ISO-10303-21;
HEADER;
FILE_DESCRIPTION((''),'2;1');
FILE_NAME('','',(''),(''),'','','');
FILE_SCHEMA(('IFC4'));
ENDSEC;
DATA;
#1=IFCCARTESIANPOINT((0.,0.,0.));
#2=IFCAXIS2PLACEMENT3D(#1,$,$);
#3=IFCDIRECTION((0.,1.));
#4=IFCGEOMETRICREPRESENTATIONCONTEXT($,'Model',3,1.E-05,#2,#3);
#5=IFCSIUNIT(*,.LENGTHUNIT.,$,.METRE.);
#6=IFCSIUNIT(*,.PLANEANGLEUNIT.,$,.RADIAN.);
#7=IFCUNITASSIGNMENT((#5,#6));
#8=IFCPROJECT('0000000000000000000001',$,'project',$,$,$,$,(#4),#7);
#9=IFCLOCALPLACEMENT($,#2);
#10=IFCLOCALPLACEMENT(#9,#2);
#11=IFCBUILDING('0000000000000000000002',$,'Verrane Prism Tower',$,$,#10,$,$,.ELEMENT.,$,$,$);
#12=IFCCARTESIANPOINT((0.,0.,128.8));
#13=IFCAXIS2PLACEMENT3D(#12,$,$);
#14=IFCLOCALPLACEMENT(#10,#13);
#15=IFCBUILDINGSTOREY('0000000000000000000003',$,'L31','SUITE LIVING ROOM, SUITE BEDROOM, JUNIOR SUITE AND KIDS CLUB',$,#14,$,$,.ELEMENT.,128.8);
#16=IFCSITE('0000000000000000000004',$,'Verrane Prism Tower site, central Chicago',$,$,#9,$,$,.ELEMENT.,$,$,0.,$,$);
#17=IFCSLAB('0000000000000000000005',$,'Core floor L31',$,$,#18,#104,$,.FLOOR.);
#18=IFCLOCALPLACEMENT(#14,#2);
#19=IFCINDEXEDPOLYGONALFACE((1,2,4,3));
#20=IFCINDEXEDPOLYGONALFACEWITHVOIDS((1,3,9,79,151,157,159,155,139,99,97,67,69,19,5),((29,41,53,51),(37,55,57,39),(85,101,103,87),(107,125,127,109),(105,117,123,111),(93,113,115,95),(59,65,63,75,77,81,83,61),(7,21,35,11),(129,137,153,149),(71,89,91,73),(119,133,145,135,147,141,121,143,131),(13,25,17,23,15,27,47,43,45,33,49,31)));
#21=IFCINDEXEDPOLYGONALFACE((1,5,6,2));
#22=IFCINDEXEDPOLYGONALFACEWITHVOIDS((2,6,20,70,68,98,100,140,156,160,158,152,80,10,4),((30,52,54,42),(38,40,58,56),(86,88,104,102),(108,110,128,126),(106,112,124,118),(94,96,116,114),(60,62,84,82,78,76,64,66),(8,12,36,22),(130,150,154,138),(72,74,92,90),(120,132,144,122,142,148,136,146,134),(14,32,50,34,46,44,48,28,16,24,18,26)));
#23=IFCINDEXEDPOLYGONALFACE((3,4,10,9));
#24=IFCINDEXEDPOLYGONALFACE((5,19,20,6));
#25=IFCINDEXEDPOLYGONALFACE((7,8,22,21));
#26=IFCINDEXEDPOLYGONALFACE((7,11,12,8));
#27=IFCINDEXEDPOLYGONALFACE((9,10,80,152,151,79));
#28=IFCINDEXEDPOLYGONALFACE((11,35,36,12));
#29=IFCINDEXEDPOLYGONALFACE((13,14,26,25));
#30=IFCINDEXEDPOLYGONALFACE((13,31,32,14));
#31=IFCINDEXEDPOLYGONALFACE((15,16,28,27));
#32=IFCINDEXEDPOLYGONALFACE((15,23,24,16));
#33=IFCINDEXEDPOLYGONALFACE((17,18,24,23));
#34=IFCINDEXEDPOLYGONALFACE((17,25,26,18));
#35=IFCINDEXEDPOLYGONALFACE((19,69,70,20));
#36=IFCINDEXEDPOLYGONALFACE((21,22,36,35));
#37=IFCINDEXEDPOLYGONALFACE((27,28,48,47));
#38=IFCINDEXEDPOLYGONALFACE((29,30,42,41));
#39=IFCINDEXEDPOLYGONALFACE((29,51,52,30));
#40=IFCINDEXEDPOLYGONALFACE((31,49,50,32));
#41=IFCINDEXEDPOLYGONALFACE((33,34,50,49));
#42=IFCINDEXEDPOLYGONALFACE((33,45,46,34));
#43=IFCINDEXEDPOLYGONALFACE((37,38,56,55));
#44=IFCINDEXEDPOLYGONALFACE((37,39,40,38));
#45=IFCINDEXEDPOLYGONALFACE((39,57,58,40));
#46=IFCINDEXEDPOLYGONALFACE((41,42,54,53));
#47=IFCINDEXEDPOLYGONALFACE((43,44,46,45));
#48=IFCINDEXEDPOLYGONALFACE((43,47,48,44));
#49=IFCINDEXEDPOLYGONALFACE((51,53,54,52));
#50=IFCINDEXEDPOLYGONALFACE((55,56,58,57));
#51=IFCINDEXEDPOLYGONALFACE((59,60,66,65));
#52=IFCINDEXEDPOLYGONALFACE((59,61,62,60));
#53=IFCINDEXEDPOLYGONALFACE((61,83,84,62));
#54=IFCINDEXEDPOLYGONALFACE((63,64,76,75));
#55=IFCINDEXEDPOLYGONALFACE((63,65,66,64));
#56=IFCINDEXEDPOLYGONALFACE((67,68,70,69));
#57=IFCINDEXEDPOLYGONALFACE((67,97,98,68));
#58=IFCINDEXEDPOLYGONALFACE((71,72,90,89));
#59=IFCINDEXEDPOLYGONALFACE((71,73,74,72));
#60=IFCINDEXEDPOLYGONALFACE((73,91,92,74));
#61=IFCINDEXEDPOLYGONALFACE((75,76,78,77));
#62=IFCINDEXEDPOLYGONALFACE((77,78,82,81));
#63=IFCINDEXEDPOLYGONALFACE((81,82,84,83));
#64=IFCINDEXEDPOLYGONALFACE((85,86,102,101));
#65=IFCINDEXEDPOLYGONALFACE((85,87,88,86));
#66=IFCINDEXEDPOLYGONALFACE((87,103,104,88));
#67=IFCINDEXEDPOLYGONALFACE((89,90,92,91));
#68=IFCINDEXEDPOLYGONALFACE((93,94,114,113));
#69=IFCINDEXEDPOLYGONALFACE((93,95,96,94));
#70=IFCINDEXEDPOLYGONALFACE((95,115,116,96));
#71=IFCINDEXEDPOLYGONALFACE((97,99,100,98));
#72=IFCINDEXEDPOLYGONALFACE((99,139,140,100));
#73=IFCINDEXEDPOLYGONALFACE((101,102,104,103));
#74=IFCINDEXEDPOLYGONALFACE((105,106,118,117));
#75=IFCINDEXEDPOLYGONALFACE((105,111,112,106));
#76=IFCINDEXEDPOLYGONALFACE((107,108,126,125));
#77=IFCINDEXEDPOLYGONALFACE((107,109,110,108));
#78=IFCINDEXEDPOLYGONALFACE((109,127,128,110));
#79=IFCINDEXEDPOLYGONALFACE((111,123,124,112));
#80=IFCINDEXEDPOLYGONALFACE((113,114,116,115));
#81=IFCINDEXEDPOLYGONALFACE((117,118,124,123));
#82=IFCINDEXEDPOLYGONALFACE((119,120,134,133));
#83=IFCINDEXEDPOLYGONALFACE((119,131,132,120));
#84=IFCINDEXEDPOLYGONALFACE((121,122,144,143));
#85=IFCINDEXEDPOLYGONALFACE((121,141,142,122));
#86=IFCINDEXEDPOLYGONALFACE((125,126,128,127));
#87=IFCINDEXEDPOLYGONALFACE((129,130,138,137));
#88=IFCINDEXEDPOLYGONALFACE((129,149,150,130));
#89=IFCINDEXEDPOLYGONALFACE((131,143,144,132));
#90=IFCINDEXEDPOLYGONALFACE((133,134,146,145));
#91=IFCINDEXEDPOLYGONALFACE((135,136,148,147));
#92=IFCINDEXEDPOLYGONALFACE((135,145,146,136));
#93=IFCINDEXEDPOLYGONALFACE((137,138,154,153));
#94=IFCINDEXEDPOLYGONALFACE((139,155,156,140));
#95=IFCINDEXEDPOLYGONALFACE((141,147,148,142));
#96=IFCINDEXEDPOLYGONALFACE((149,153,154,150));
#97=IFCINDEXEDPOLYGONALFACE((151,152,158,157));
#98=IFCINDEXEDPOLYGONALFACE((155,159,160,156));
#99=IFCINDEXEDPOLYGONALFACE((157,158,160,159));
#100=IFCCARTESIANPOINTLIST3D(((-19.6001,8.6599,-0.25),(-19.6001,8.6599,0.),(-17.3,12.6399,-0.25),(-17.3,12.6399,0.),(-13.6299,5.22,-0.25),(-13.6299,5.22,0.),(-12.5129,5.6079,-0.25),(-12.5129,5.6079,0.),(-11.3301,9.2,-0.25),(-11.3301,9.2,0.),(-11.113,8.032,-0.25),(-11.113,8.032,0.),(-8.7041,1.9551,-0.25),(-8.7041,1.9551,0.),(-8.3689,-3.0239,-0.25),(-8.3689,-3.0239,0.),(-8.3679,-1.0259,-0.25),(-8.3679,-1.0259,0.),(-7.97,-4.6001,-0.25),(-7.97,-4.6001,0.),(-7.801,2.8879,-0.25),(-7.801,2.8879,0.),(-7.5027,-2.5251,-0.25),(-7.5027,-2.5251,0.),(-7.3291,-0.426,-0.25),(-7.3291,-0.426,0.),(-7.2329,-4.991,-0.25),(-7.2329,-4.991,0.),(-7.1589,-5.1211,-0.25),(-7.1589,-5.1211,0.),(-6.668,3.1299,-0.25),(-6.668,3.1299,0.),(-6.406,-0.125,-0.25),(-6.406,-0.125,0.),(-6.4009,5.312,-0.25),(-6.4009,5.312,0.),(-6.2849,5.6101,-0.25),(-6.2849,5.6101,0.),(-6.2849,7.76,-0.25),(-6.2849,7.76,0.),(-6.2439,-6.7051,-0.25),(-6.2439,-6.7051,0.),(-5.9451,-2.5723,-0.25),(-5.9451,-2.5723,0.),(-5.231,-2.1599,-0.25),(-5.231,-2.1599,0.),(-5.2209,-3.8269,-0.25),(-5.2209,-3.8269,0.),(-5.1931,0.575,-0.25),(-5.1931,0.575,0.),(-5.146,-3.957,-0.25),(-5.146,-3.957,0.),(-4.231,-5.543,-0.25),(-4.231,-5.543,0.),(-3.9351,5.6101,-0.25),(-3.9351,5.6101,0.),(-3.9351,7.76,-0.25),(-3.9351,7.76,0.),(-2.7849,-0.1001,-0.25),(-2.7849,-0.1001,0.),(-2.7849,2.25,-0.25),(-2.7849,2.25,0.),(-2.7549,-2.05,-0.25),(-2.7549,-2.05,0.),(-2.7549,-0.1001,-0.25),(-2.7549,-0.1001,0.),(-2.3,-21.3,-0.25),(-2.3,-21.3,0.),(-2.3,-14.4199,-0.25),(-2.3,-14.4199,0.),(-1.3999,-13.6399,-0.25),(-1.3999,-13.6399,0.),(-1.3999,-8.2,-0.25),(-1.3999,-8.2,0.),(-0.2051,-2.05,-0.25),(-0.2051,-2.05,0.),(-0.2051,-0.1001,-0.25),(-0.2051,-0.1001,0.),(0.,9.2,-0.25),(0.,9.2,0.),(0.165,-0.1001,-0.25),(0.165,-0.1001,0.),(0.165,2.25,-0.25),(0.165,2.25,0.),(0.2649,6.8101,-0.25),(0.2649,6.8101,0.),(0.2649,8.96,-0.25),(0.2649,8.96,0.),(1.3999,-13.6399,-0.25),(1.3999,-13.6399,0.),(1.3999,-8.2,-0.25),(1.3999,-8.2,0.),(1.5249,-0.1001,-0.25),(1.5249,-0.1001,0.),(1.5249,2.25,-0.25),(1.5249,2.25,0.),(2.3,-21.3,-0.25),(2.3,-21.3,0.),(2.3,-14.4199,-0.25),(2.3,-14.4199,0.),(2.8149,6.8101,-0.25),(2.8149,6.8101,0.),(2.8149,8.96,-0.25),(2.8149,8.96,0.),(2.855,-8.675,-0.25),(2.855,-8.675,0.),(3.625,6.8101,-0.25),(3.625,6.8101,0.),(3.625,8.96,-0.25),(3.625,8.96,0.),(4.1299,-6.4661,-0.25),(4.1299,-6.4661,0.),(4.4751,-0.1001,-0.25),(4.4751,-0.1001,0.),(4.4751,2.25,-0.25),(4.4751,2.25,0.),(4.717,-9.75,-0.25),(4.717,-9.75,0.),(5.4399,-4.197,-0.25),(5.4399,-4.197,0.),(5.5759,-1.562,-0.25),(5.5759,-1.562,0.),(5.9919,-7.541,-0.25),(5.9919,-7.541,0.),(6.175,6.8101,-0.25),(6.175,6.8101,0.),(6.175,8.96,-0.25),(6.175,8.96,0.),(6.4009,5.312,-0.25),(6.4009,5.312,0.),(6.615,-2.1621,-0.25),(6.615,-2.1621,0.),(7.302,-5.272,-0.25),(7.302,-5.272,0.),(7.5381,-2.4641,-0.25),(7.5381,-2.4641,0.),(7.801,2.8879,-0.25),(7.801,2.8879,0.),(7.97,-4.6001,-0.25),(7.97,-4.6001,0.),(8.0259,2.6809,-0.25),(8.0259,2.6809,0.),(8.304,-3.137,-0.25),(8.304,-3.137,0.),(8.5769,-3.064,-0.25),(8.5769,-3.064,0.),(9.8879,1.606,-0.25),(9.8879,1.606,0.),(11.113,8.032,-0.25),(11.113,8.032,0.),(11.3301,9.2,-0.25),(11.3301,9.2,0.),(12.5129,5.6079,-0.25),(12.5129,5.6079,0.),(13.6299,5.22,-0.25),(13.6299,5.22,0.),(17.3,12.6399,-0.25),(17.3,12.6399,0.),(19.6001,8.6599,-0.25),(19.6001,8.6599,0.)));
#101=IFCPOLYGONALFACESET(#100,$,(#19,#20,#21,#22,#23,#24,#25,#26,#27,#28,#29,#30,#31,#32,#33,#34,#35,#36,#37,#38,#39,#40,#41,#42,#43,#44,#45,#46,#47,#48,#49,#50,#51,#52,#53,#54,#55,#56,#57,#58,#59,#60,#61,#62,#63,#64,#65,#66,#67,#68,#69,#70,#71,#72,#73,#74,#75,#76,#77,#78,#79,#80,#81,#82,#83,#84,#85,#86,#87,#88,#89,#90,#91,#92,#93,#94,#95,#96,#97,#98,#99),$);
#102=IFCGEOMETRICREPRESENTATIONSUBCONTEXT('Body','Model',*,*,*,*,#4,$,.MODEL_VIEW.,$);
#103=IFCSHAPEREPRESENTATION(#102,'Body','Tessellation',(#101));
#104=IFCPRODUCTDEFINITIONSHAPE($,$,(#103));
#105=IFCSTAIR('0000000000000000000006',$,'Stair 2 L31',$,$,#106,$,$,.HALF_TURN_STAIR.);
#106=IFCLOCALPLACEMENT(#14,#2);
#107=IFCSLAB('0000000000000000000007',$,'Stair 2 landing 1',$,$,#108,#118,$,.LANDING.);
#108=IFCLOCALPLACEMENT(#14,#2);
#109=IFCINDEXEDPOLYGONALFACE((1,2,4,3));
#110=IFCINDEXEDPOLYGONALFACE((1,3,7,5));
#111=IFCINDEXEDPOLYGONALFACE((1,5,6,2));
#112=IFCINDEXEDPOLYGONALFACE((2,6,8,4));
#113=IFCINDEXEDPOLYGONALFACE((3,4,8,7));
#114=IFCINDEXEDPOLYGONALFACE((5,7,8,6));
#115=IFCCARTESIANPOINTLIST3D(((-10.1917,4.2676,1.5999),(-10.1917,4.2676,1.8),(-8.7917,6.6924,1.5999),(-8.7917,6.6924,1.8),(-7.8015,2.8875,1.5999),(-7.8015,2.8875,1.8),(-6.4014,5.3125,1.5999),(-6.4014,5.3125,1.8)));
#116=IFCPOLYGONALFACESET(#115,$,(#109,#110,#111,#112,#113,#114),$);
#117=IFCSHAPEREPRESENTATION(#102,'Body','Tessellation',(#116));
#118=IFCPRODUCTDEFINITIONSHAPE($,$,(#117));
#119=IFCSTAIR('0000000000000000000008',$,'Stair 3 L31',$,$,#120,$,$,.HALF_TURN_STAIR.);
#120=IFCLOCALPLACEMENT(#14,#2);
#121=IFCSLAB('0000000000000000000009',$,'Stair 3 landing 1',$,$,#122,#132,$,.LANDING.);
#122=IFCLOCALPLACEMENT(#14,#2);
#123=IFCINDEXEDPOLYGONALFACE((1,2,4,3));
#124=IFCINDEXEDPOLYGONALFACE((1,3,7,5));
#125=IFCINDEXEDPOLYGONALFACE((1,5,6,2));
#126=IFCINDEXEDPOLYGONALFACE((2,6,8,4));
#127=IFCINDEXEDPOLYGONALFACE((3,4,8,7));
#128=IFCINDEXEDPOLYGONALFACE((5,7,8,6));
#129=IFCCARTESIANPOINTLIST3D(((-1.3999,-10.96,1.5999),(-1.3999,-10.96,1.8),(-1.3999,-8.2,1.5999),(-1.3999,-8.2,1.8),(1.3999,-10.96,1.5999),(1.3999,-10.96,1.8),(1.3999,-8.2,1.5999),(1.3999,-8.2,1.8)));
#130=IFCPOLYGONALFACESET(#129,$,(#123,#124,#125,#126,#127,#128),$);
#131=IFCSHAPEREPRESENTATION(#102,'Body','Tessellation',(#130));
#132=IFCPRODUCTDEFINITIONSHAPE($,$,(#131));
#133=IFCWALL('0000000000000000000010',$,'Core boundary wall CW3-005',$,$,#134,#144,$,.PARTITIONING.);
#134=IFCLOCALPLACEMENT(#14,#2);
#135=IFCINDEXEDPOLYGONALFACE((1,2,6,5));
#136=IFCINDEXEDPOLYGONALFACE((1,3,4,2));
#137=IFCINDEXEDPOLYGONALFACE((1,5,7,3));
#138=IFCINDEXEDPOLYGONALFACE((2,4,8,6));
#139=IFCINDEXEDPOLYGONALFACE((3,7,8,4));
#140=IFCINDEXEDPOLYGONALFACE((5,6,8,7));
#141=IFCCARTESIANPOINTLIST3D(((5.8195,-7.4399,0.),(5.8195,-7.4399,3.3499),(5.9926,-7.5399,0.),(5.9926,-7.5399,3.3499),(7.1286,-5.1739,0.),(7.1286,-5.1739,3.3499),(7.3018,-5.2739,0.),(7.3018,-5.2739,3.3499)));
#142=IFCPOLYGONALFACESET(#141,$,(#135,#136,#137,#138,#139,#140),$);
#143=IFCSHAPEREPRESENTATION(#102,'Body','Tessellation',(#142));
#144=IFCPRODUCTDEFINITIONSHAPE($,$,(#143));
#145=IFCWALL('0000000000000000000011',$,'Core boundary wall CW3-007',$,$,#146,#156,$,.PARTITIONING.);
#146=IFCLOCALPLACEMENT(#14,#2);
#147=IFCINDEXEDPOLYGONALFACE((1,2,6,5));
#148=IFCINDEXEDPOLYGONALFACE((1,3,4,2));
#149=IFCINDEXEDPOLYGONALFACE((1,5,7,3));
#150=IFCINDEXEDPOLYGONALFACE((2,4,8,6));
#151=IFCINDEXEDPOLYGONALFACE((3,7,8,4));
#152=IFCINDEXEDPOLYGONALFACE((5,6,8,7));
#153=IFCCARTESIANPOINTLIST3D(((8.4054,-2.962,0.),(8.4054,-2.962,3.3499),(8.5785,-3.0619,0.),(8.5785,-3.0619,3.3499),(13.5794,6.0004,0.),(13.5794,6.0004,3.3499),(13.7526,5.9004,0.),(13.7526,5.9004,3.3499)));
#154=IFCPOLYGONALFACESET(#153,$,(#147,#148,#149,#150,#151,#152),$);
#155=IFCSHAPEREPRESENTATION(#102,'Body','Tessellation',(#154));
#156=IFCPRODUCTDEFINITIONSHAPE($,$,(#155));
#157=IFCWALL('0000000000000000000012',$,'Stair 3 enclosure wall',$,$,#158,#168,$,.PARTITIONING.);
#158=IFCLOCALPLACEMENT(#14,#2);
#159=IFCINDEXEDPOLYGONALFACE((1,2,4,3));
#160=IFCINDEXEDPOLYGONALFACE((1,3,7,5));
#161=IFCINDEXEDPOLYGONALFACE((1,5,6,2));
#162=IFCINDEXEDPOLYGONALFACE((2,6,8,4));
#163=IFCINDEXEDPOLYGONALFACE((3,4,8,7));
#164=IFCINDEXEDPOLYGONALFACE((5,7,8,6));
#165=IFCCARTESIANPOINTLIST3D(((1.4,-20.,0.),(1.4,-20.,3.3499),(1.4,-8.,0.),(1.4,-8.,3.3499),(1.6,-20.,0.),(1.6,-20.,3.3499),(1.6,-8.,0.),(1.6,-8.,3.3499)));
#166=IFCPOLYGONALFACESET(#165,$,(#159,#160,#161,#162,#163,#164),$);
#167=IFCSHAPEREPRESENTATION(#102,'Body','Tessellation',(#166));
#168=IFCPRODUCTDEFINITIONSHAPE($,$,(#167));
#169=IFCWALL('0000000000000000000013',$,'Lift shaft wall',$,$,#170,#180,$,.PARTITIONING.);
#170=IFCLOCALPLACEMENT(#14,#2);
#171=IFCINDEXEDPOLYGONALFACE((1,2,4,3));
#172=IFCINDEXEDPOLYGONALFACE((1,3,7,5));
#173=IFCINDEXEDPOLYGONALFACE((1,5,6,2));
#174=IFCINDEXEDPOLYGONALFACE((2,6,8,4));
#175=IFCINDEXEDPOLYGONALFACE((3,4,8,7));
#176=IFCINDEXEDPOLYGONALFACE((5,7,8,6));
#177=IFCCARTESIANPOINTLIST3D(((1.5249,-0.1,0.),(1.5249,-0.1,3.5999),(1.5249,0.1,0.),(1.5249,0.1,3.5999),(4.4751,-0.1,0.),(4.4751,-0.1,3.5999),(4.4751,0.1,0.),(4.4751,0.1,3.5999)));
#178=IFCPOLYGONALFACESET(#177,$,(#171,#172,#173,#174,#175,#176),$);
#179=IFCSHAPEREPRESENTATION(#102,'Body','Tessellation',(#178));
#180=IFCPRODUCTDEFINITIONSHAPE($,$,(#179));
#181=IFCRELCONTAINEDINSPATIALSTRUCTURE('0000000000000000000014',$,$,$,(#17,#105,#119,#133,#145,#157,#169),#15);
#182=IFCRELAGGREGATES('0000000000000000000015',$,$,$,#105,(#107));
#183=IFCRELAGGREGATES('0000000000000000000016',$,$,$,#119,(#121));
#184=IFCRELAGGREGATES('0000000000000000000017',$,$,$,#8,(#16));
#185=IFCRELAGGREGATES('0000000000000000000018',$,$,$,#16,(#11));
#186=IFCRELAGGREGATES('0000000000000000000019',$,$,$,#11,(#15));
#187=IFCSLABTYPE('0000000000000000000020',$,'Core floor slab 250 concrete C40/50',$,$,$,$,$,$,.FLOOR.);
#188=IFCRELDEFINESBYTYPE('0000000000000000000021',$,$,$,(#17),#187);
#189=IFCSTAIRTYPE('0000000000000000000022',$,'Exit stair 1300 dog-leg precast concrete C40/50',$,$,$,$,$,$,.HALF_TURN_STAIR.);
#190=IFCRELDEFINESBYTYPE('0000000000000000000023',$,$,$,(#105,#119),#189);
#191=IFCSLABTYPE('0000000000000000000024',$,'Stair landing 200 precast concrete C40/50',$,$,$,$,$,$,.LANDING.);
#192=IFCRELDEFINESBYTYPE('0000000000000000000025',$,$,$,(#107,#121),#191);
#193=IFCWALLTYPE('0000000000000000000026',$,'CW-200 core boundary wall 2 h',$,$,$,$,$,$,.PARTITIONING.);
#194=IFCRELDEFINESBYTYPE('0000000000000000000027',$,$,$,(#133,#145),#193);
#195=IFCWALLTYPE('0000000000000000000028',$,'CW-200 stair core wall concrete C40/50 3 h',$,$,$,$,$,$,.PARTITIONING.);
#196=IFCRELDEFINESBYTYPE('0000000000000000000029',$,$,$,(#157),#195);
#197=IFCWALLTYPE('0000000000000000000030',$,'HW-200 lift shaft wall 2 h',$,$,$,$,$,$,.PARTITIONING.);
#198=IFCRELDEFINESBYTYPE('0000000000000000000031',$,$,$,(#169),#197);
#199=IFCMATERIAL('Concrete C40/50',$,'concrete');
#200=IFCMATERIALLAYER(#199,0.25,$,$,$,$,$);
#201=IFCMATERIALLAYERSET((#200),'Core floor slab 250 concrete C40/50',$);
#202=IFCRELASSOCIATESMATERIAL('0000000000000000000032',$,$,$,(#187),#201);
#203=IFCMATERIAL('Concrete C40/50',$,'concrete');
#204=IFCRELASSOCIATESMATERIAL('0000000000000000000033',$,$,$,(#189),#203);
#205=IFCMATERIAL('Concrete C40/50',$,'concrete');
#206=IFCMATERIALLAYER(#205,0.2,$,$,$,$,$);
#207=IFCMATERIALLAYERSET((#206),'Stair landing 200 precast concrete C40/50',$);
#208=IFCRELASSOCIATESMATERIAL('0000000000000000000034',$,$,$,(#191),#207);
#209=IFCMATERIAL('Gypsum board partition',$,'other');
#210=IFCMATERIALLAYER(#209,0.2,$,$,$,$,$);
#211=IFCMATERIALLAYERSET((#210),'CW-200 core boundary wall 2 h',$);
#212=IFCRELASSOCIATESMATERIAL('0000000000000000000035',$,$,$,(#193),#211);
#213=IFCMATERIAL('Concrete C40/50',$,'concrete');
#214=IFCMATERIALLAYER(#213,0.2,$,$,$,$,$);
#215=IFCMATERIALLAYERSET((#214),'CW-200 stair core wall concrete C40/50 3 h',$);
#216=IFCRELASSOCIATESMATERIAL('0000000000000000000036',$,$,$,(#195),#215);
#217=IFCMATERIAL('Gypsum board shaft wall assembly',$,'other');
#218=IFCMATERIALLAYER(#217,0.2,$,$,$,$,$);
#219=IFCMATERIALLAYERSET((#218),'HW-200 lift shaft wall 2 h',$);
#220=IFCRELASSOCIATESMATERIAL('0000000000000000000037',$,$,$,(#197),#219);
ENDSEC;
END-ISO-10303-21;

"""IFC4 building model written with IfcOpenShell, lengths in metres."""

from ifc_helpers import new_model, si_unit, direction, frame, frame_2d, origin, place, context, subcontext, project, spatial, polyline, rectangle, outline, extrude, material, layer, layer_set, type_object, element, aggregate, save


model = new_model("IFC4")

# Units and contexts
model_context = context("Model", 3, precision=1e-05, world=origin(), true_north=direction((0.0, 1.0)))
body_context = subcontext(model_context, "Body", "Model", "MODEL_VIEW")
ifc_project = project(units=[si_unit("LENGTHUNIT", "METRE"), si_unit("PLANEANGLEUNIT", "RADIAN")], contexts=[model_context])

# Site, building, storey
site_placement = place(None, origin())
site = spatial("IfcSite", under=ifc_project, at=site_placement, Name="Verrane Prism Tower site, central Chicago", CompositionType="ELEMENT", RefElevation=0.0)
building_placement = place(site_placement, origin())
building = spatial("IfcBuilding", under=site, at=building_placement, Name="Verrane Prism Tower", CompositionType="ELEMENT")
storey_placement = place(building_placement, frame((0.0, 0.0, 128.8)))
storey = spatial("IfcBuildingStorey", under=building, at=storey_placement, Name="L31", Description="SUITE LIVING ROOM, SUITE BEDROOM, JUNIOR SUITE AND KIDS CLUB", CompositionType="ELEMENT", Elevation=128.8)

# Slab
ifc_material_1 = material(Name="Concrete C40/50", Category="concrete")
ifc_layer_1 = layer(ifc_material_1, 0.25)
ifc_layer_set_1 = layer_set([ifc_layer_1], Name="Core floor slab 250 concrete C40/50")
slab_type_1 = type_object("IfcSlabType", Name="Core floor slab 250 concrete C40/50", PredefinedType="FLOOR", material=ifc_layer_set_1)
slab_1_placement = place(storey_placement, frame((0.0, 0.0, -0.25)))
element("IfcSlab", 1, at=slab_1_placement, inside=storey, type_object=slab_type_1, Name="Core floor L31", PredefinedType="FLOOR", context=body_context, shape_type="SweptSolid", body=[
    extrude(outline(polyline([(13.6299, 5.22), (19.6001, 8.6599), (17.3, 12.6399), (11.3301, 9.2), (0.0, 9.2), (-11.3301, 9.2), (-17.3, 12.6399), (-19.6001, 8.6599), (-13.6299, 5.22), (-7.97, -4.6001), (-2.3, -14.4199), (-2.3, -21.3), (2.3, -21.3), (2.3, -14.4199), (7.97, -4.6001), (13.6299, 5.22)]), holes=[polyline([(1.3999, -8.2), (1.3999, -13.6399), (-1.3999, -13.6399), (-1.3999, -8.2), (1.3999, -8.2)]), polyline([(-4.231, -5.543), (-6.2439, -6.7051), (-7.1589, -5.1211), (-5.146, -3.957), (-4.231, -5.543)]), polyline([(0.165, 2.25), (0.165, -0.1001), (-0.2051, -0.1001), (-0.2051, -2.05), (-2.7549, -2.05), (-2.7549, -0.1001), (-2.7849, -0.1001), (-2.7849, 2.25), (0.165, 2.25)]), polyline([(-12.5129, 5.6079), (-11.113, 8.032), (-6.4009, 5.312), (-7.801, 2.8879), (-12.5129, 5.6079)]), polyline([(-6.2849, 5.6101), (-6.2849, 7.76), (-3.9351, 7.76), (-3.9351, 5.6101), (-6.2849, 5.6101)]), polyline([(4.717, -9.75), (2.855, -8.675), (4.1299, -6.4661), (5.9919, -7.541), (4.717, -9.75)]), polyline([(8.304, -3.137), (5.5759, -1.562), (8.0259, 2.6809), (9.8879, 1.606), (7.5381, -2.4641), (8.5769, -3.064), (7.302, -5.272), (5.4399, -4.197), (6.615, -2.1621), (8.304, -3.137)]), polyline([(1.5249, -0.1001), (1.5249, 2.25), (4.4751, 2.25), (4.4751, -0.1001), (1.5249, -0.1001)]), polyline([(6.4009, 5.312), (11.113, 8.032), (12.5129, 5.6079), (7.801, 2.8879), (6.4009, 5.312)]), polyline([(0.2649, 6.8101), (0.2649, 8.96), (2.8149, 8.96), (2.8149, 6.8101), (0.2649, 6.8101)]), polyline([(3.625, 6.8101), (3.625, 8.96), (6.175, 8.96), (6.175, 6.8101), (3.625, 6.8101)]), polyline([(-5.231, -2.1599), (-5.9451, -2.5723), (-5.2209, -3.8269), (-7.2329, -4.991), (-8.3689, -3.0239), (-7.5027, -2.5251), (-8.3679, -1.0259), (-7.3291, -0.426), (-8.7041, 1.9551), (-6.668, 3.1299), (-5.1931, 0.575), (-6.406, -0.125), (-5.231, -2.1599)])]), origin(), (0.0, 0.0, 1.0), 0.25),
])

# Stairs, slabs
ifc_material_2 = material(Name="Concrete C40/50", Category="concrete")
stair_type = type_object("IfcStairType", Name="Exit stair 1300 dog-leg precast concrete C40/50", PredefinedType="HALF_TURN_STAIR", material=ifc_material_2)
stair_1_placement = place(storey_placement, origin())
stair_1 = element("IfcStair", 2, at=stair_1_placement, inside=storey, type_object=stair_type, Name="Stair 2 L31", PredefinedType="HALF_TURN_STAIR")
ifc_material_3 = material(Name="Concrete C40/50", Category="concrete")
ifc_layer_2 = layer(ifc_material_3, 0.2)
ifc_layer_set_2 = layer_set([ifc_layer_2], Name="Stair landing 200 precast concrete C40/50")
slab_type_2 = type_object("IfcSlabType", Name="Stair landing 200 precast concrete C40/50", PredefinedType="LANDING", material=ifc_layer_set_2)
slab_2_placement = place(storey_placement, frame((0.0, 0.0, 1.5999)))
slab_2 = element("IfcSlab", 3, at=slab_2_placement, type_object=slab_type_2, Name="Stair 2 landing 1", PredefinedType="LANDING", context=body_context, shape_type="SweptSolid", body=[
    extrude(outline(polyline([(-10.1917, 4.2676), (-7.8015, 2.8875), (-6.4014, 5.3125), (-8.7917, 6.6924), (-10.1917, 4.2676)])), origin(), (0.0, 0.0, 1.0), 0.2002),
])
aggregate(stair_1, [slab_2])
stair_2_placement = place(storey_placement, origin())
stair_2 = element("IfcStair", 4, at=stair_2_placement, inside=storey, type_object=stair_type, Name="Stair 3 L31", PredefinedType="HALF_TURN_STAIR")
slab_3_placement = place(storey_placement, frame((0.0, 0.0, 1.5999)))
slab_3 = element("IfcSlab", 5, at=slab_3_placement, type_object=slab_type_2, Name="Stair 3 landing 1", PredefinedType="LANDING", context=body_context, shape_type="SweptSolid", body=[
    extrude(outline(polyline([(1.3999, -10.96), (1.3999, -8.2), (-1.3999, -8.2), (-1.3999, -10.96), (1.3999, -10.96)])), origin(), (0.0, 0.0, 1.0), 0.2002),
])
aggregate(stair_2, [slab_3])

# Walls
ifc_material_4 = material(Name="Gypsum board partition", Category="other")
ifc_layer_3 = layer(ifc_material_4, 0.2)
ifc_layer_set_3 = layer_set([ifc_layer_3], Name="CW-200 core boundary wall 2 h")
wall_type_1 = type_object("IfcWallType", Name="CW-200 core boundary wall 2 h", PredefinedType="PARTITIONING", material=ifc_layer_set_3)
wall_1_placement = place(storey_placement, frame((5.906, -7.49, 0.0), z_axis=(0.0, 0.0, 1.0), x_axis=(0.500253, 0.865879, 0.0)))
element("IfcWall", 6, at=wall_1_placement, inside=storey, type_object=wall_type_1, Name="Core boundary wall CW3-005", PredefinedType="PARTITIONING", context=body_context, shape_type="SweptSolid", body=[
    extrude(rectangle(XDim=2.6169, YDim=0.2, at=frame_2d((1.3086, 0.0))), origin(), (0.0, 0.0, 1.0), 3.3499),
])
wall_2_placement = place(storey_placement, frame((8.4919, -3.012, 0.0), z_axis=(0.0, 0.0, 1.0), x_axis=(0.499973, 0.866041, 0.0)))
element("IfcWall", 7, at=wall_2_placement, inside=storey, type_object=wall_type_1, Name="Core boundary wall CW3-007", PredefinedType="PARTITIONING", context=body_context, shape_type="SweptSolid", body=[
    extrude(rectangle(XDim=10.3486, YDim=0.2, at=frame_2d((5.1743, 0.0))), origin(), (0.0, 0.0, 1.0), 3.3499),
])
ifc_material_5 = material(Name="Concrete C40/50", Category="concrete")
ifc_layer_4 = layer(ifc_material_5, 0.2)
ifc_layer_set_4 = layer_set([ifc_layer_4], Name="CW-200 stair core wall concrete C40/50 3 h")
wall_type_2 = type_object("IfcWallType", Name="CW-200 stair core wall concrete C40/50 3 h", PredefinedType="PARTITIONING", material=ifc_layer_set_4)
wall_3_placement = place(storey_placement, frame((1.5, -8.0, 0.0), z_axis=(0.0, 0.0, 1.0), x_axis=(0.0, -1.0, 0.0)))
element("IfcWall", 8, at=wall_3_placement, inside=storey, type_object=wall_type_2, Name="Stair 3 enclosure wall", PredefinedType="PARTITIONING", context=body_context, shape_type="SweptSolid", body=[
    extrude(rectangle(XDim=12.0, YDim=0.2, at=frame_2d((6.0, 0.0))), origin(), (0.0, 0.0, 1.0), 3.3499),
])
ifc_material_6 = material(Name="Gypsum board shaft wall assembly", Category="other")
ifc_layer_5 = layer(ifc_material_6, 0.2)
ifc_layer_set_5 = layer_set([ifc_layer_5], Name="HW-200 lift shaft wall 2 h")
wall_type_3 = type_object("IfcWallType", Name="HW-200 lift shaft wall 2 h", PredefinedType="PARTITIONING", material=ifc_layer_set_5)
wall_4_placement = place(storey_placement, frame((1.5249, 0.0, 0.0), z_axis=(0.0, 0.0, 1.0), x_axis=(1.0, 0.0, 0.0)))
element("IfcWall", 9, at=wall_4_placement, inside=storey, type_object=wall_type_3, Name="Lift shaft wall", PredefinedType="PARTITIONING", context=body_context, shape_type="SweptSolid", body=[
    extrude(rectangle(XDim=2.9502, YDim=0.2, at=frame_2d((1.4751, 0.0))), origin(), (0.0, 0.0, 1.0), 3.5999),
])

save(model, "model.ifc")
